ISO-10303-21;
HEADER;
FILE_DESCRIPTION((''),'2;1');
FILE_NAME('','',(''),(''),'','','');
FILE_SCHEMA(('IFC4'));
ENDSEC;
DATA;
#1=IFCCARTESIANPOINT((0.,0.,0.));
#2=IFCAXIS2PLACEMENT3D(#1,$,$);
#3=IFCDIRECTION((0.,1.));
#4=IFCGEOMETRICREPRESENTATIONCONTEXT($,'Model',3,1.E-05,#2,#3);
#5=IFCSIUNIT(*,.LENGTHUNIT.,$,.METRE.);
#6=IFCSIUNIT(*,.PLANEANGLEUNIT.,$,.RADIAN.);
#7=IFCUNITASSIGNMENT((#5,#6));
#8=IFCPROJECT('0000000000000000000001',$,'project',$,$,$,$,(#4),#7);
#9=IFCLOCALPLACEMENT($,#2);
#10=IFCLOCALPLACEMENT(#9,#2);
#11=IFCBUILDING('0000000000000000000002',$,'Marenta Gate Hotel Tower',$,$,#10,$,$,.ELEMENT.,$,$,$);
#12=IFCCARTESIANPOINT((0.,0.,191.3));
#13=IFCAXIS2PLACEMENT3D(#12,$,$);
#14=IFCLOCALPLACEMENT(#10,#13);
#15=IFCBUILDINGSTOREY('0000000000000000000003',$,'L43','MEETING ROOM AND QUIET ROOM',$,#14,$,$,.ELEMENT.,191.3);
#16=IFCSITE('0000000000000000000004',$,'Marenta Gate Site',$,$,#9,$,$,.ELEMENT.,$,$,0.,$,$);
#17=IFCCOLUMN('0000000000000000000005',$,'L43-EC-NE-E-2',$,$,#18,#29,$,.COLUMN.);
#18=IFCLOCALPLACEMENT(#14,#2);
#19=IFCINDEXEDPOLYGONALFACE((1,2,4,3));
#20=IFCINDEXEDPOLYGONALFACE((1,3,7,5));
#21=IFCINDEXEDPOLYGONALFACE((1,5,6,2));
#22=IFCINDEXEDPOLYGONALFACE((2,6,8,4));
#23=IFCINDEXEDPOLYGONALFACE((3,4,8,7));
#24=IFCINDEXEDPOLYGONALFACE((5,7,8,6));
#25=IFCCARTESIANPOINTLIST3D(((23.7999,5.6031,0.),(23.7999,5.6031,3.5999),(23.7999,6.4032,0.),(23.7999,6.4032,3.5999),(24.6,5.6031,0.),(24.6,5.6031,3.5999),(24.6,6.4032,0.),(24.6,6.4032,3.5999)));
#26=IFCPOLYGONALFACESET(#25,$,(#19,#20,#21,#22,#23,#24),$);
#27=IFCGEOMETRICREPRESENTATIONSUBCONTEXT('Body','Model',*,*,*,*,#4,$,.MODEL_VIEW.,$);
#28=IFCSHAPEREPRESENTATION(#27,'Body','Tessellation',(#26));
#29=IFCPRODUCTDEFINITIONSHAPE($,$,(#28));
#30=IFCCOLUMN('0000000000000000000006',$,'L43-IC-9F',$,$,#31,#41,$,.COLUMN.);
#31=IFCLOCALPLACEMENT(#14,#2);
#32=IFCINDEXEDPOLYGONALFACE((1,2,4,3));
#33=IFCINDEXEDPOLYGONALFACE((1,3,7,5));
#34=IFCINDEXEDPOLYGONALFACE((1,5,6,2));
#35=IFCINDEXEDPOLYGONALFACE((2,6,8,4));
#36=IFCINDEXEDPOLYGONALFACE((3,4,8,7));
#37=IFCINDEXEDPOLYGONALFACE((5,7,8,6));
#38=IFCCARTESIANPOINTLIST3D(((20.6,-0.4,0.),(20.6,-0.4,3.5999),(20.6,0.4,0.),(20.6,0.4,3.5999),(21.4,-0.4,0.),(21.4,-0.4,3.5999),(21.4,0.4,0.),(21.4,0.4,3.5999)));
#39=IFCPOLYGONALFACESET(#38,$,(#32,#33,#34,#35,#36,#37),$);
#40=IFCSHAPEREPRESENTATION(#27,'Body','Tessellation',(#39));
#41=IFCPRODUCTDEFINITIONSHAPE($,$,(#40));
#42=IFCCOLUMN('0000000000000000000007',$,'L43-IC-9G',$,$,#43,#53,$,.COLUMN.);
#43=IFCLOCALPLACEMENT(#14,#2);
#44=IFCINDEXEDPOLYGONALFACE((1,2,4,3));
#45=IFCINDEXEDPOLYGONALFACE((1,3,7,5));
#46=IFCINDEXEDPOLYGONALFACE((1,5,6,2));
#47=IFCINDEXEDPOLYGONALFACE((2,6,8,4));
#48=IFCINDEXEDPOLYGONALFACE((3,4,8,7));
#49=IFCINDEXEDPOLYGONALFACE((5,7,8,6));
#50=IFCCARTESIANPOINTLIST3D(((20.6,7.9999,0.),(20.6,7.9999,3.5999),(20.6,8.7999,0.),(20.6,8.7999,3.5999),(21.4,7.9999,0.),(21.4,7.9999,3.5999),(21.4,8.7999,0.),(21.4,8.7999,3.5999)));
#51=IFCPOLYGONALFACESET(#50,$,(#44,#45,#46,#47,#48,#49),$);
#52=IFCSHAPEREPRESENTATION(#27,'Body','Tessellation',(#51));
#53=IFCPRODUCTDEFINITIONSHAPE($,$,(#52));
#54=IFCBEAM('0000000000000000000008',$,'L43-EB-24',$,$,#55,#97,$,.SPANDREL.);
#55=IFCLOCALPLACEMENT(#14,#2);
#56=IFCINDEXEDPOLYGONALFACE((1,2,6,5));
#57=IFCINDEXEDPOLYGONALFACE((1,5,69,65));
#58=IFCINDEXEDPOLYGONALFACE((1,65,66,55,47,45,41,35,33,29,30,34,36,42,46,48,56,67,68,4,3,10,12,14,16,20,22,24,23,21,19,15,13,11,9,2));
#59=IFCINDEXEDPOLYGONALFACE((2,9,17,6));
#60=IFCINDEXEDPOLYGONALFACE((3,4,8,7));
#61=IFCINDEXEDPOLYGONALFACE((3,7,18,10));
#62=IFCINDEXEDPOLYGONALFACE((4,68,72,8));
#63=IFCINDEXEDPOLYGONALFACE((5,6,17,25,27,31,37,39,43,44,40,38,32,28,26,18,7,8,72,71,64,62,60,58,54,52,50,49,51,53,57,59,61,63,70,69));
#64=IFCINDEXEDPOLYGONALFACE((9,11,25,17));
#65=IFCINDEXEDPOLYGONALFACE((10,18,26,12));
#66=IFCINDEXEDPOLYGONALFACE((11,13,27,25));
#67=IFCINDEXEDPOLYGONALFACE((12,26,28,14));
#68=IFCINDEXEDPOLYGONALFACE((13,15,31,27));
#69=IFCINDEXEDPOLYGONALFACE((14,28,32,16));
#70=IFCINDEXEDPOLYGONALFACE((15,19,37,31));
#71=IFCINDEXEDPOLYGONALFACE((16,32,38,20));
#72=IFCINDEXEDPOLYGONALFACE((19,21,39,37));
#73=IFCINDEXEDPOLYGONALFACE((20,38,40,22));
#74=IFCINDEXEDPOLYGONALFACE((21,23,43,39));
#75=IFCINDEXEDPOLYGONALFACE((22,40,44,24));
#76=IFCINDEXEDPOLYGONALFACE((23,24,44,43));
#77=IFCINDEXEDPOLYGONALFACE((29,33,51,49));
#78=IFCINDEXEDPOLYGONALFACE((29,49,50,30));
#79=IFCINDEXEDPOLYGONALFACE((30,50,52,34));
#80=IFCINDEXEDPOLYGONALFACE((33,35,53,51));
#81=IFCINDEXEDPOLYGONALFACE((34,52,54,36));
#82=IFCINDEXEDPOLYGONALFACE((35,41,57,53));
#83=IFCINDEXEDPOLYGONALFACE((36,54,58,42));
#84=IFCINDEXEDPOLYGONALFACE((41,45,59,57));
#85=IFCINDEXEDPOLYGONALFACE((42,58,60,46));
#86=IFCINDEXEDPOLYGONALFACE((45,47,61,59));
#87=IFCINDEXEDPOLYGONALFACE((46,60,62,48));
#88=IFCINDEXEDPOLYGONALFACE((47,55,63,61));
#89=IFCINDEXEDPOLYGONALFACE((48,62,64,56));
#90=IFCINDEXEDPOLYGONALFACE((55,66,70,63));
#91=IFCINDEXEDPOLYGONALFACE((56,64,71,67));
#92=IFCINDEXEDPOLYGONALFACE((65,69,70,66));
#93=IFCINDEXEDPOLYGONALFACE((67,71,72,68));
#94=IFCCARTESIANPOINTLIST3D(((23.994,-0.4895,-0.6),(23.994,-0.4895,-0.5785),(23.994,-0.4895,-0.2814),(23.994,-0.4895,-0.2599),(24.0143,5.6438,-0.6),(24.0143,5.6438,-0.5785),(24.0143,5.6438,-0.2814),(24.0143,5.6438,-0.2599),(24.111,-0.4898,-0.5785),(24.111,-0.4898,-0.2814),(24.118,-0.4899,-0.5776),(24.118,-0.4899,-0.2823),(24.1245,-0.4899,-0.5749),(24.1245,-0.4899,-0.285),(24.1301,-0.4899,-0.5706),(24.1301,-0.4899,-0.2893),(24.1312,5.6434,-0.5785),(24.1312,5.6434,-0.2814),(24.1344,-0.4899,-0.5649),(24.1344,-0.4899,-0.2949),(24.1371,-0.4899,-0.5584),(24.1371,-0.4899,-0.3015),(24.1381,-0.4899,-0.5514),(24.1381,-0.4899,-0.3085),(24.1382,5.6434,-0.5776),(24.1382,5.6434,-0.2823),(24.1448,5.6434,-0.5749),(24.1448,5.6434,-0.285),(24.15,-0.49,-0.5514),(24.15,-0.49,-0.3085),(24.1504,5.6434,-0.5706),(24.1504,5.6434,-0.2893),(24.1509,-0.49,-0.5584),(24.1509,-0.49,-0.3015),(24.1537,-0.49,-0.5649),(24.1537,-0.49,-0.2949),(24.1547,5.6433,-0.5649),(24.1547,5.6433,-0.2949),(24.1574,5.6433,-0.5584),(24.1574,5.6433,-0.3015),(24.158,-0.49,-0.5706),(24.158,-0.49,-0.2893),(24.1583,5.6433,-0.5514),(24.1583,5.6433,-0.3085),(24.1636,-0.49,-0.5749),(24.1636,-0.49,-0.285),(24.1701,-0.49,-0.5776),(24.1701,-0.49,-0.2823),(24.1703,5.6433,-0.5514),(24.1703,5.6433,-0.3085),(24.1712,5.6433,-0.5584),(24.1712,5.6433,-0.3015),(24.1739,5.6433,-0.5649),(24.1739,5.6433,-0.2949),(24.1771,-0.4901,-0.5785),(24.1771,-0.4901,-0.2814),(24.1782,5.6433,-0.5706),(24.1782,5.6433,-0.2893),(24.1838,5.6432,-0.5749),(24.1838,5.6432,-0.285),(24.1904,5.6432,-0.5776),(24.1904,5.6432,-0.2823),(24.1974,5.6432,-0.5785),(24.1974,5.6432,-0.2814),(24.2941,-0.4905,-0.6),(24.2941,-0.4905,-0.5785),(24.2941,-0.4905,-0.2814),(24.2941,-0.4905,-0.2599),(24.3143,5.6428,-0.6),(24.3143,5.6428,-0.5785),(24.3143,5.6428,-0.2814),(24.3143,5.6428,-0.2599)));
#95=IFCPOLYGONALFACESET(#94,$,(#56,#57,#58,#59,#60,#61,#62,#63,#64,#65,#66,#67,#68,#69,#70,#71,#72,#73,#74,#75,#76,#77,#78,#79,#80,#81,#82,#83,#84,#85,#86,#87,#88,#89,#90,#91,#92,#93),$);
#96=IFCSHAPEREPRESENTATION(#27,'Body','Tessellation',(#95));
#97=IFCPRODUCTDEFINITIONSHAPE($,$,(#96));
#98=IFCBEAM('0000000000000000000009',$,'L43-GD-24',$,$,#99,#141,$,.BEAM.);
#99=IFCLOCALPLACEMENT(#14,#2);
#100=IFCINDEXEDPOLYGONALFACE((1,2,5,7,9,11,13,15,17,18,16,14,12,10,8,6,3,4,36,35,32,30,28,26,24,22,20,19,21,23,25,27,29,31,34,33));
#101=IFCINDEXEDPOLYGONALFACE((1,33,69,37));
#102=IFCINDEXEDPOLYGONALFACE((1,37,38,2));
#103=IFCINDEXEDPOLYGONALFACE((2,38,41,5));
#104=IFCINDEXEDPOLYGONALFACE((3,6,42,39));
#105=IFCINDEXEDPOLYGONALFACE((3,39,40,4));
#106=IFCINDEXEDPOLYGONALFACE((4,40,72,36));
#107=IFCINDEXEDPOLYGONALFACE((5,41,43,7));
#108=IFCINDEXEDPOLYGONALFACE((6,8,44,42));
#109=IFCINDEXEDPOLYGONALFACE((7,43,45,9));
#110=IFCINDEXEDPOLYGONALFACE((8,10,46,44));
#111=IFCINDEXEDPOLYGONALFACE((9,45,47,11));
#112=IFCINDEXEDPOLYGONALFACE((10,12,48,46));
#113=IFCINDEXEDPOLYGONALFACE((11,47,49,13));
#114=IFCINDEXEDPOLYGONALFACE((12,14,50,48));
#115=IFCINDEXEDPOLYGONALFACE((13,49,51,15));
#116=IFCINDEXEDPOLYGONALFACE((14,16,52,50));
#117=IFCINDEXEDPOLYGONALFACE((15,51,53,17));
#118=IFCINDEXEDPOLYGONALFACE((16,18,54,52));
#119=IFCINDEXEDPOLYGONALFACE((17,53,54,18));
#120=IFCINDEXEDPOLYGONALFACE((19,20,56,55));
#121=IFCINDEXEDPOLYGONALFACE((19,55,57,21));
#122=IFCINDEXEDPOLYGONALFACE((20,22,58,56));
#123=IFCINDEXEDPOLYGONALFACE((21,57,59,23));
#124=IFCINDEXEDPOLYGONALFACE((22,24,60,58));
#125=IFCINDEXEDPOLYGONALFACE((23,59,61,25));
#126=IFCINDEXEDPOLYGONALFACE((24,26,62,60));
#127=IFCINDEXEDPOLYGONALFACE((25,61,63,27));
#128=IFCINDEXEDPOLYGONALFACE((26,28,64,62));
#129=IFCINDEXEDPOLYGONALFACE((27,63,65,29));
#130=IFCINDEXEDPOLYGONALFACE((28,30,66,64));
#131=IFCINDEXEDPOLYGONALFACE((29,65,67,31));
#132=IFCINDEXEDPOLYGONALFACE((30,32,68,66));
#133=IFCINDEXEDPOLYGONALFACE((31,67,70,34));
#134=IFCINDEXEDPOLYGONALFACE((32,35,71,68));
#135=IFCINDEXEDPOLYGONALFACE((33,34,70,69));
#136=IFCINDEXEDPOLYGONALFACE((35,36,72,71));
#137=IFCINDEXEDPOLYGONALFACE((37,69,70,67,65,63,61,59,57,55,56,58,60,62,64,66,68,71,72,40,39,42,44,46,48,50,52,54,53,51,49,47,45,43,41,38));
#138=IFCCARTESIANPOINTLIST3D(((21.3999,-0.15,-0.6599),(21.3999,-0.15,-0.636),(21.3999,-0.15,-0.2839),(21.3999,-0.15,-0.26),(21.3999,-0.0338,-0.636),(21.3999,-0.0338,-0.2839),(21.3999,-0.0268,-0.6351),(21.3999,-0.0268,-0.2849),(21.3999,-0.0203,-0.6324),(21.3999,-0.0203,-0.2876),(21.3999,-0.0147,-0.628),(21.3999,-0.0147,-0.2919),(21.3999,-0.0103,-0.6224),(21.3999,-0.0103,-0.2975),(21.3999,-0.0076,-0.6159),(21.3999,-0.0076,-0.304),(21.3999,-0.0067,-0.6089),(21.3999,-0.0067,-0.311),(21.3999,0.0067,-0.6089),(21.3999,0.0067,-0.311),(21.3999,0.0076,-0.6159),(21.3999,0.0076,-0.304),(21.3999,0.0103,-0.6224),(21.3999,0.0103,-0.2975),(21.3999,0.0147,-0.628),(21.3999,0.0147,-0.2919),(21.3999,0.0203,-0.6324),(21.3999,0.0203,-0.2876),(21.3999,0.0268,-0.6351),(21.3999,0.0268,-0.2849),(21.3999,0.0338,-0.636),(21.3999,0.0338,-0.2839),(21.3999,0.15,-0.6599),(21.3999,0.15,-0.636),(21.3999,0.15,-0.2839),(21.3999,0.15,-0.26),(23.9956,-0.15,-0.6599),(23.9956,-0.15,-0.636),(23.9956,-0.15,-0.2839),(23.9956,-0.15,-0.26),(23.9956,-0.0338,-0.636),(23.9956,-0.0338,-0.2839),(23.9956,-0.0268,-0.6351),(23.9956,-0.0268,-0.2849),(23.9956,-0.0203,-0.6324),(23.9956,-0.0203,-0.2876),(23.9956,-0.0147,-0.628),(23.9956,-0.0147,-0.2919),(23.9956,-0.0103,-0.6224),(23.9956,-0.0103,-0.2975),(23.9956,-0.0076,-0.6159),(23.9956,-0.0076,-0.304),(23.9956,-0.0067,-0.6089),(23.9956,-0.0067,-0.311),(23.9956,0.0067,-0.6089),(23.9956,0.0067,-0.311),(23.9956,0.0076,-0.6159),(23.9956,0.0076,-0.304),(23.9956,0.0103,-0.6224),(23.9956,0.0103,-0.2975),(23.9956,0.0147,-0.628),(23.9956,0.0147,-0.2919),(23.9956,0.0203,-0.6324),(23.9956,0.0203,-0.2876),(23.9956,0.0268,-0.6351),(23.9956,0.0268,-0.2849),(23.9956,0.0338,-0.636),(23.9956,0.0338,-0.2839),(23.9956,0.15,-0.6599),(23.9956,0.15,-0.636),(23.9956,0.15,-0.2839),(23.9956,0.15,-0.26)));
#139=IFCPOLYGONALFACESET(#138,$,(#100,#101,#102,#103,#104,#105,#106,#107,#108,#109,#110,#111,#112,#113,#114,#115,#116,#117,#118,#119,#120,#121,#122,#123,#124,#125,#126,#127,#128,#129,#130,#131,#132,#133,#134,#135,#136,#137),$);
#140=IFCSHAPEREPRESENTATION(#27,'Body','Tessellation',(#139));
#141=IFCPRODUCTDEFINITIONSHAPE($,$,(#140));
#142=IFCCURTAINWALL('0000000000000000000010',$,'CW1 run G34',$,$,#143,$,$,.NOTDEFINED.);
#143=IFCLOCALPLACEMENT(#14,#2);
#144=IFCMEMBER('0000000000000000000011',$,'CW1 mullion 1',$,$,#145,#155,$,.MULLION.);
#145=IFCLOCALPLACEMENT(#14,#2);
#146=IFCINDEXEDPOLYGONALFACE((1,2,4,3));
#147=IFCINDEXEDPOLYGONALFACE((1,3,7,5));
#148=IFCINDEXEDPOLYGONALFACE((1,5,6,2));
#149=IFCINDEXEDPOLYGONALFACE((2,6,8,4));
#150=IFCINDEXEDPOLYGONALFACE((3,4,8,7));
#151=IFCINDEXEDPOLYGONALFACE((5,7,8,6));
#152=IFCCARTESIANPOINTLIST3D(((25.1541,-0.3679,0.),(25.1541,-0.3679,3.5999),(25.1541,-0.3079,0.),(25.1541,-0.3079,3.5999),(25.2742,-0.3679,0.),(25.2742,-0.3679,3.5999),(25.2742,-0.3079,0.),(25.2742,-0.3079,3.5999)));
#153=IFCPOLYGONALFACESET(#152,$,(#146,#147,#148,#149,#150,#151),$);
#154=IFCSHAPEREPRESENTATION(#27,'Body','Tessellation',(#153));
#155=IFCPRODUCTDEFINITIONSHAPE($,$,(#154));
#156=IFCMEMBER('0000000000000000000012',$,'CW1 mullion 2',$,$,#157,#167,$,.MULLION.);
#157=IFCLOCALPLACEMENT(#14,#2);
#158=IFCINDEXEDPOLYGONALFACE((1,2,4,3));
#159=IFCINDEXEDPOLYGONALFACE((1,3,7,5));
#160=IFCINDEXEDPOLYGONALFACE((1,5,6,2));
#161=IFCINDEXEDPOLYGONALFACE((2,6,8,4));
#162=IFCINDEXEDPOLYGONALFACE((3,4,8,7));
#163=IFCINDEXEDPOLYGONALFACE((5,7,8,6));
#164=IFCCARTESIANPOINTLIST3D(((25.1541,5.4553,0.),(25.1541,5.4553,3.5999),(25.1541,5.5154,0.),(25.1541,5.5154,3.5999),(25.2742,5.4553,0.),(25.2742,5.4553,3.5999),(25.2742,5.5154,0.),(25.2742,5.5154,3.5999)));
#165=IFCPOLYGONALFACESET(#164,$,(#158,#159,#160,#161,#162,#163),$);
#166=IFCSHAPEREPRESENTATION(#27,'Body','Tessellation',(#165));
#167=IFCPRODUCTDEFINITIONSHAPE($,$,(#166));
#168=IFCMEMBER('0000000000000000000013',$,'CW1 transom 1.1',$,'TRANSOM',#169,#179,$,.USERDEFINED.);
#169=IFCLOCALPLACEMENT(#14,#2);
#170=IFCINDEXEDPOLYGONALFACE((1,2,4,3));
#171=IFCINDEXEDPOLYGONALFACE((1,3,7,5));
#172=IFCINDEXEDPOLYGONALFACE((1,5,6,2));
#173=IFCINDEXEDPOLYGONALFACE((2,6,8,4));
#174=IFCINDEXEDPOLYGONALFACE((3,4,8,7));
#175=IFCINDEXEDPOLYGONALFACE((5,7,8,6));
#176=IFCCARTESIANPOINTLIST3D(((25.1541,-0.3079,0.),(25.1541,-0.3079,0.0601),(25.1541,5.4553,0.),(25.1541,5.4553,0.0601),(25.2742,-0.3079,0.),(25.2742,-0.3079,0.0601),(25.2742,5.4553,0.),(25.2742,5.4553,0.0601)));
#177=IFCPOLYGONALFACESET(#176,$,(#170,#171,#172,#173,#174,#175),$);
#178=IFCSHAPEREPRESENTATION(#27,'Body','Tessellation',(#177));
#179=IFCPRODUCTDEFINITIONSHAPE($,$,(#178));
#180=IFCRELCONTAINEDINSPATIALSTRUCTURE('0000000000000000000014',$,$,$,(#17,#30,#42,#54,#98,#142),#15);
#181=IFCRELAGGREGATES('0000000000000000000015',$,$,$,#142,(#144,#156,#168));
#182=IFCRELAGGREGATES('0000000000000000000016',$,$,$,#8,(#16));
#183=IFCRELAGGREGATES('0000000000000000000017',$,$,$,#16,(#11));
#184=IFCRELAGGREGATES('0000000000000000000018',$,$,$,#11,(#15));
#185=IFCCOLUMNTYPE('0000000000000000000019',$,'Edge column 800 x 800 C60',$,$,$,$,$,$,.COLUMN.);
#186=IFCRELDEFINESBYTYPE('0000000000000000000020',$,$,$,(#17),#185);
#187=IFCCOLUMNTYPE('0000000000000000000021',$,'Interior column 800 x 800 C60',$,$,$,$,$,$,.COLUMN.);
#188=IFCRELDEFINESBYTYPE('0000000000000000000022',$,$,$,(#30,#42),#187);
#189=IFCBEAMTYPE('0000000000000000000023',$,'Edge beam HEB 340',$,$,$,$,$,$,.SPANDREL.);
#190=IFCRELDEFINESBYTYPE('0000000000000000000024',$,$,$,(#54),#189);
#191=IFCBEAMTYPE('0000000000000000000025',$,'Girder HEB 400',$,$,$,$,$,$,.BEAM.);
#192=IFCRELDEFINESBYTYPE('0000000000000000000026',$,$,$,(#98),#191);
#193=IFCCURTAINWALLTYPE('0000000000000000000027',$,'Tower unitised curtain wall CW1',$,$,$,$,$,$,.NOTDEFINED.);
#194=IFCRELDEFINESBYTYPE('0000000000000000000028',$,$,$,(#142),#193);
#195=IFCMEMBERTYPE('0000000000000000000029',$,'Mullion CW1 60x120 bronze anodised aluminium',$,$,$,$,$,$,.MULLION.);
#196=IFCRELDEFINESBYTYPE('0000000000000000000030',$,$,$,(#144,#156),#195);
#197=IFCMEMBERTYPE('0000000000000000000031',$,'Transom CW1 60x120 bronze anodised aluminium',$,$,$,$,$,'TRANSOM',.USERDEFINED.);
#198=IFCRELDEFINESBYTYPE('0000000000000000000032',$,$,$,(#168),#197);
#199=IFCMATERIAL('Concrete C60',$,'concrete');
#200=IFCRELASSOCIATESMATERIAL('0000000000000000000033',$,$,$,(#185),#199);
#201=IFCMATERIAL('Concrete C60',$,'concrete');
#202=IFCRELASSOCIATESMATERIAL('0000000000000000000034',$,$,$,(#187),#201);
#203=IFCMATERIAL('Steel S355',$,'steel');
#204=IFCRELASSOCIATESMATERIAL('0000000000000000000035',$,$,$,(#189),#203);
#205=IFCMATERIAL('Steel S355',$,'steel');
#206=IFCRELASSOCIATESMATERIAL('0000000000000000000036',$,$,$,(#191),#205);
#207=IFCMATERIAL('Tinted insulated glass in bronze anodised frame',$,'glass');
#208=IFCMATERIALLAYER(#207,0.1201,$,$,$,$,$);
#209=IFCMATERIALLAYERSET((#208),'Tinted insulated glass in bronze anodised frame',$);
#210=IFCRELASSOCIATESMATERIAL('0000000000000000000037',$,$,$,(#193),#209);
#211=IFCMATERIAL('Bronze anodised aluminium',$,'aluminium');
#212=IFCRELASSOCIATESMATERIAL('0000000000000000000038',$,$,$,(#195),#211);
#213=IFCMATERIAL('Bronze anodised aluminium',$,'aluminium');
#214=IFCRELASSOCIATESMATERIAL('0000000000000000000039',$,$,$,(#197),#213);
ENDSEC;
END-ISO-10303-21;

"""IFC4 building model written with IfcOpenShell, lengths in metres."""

from ifc_helpers import new_model, si_unit, direction, frame, origin, origin_2d, place, context, subcontext, project, spatial, rectangle, i_section, extrude, material, layer, layer_set, material_profile, profile_set, type_object, element, aggregate, save


model = new_model("IFC4")

# Units and contexts
model_context = context("Model", 3, precision=1e-05, world=origin(), true_north=direction((0.0, 1.0)))
body_context = subcontext(model_context, "Body", "Model", "MODEL_VIEW")
ifc_project = project(units=[si_unit("LENGTHUNIT", "METRE"), si_unit("PLANEANGLEUNIT", "RADIAN")], contexts=[model_context])

# Site, building, storey
site_placement = place(None, origin())
site = spatial("IfcSite", under=ifc_project, at=site_placement, Name="Marenta Gate Site", CompositionType="ELEMENT", RefElevation=0.0)
building_placement = place(site_placement, origin())
building = spatial("IfcBuilding", under=site, at=building_placement, Name="Marenta Gate Hotel Tower", CompositionType="ELEMENT")
storey_placement = place(building_placement, frame((0.0, 0.0, 191.3)))
storey = spatial("IfcBuildingStorey", under=building, at=storey_placement, Name="L43", Description="MEETING ROOM AND QUIET ROOM", CompositionType="ELEMENT", Elevation=191.3)

# Columns
ifc_material_1 = material(Name="Concrete C60", Category="concrete")
ifc_material_profile_1 = material_profile(ifc_material_1, rectangle(XDim=0.8, YDim=0.8, at=origin_2d()), Name="800 x 800")
ifc_profile_set_1 = profile_set([ifc_material_profile_1], Name="Concrete C60")
column_type_1 = type_object("IfcColumnType", Name="Edge column 800 x 800 C60", PredefinedType="COLUMN", material=ifc_profile_set_1)
column_placement = place(storey_placement, frame((24.2, 6.0032, 0.0), z_axis=(0.0, 0.0, 1.0), x_axis=(1.0, 0.0, 0.0)))
element("IfcColumn", 1, at=column_placement, inside=storey, type_object=column_type_1, Name="L43-EC-NE-E-2", PredefinedType="COLUMN", context=body_context, shape_type="SweptSolid", body=[
    extrude(rectangle(XDim=0.8, YDim=0.8, at=origin_2d()), origin(), (0.0, 0.0, 1.0), 3.5999),
])
ifc_material_2 = material(Name="Concrete C60", Category="concrete")
ifc_material_profile_2 = material_profile(ifc_material_2, rectangle(XDim=0.8, YDim=0.8, at=origin_2d()), Name="800 x 800")
ifc_profile_set_2 = profile_set([ifc_material_profile_2], Name="Concrete C60")
column_type_2 = type_object("IfcColumnType", Name="Interior column 800 x 800 C60", PredefinedType="COLUMN", material=ifc_profile_set_2)
for number, where, z_axis, x_axis, name in (
    (2, (21.0, 0.0, 0.0), (0.0, 0.0, 1.0), (1.0, 0.0, 0.0), "L43-IC-9F"),
    (3, (21.0, 8.3999, 0.0), (0.0, 0.0, 1.0), (1.0, 0.0, 0.0), "L43-IC-9G"),
):
    element("IfcColumn", number, at=place(storey_placement, frame(where, z_axis=z_axis, x_axis=x_axis)), inside=storey, type_object=column_type_2, Name=name, PredefinedType="COLUMN", context=body_context, shape_type="SweptSolid", body=[
        extrude(rectangle(XDim=0.8, YDim=0.8, at=origin_2d()), origin(), (0.0, 0.0, 1.0), 3.5999),
    ])

# Beams
ifc_material_3 = material(Name="Steel S355", Category="steel")
ifc_material_profile_3 = material_profile(ifc_material_3, i_section(OverallWidth=0.3, OverallDepth=0.3401, WebThickness=0.012, FlangeThickness=0.0215, FilletRadius=0.0271, at=origin_2d()), Name="HEB 340")
ifc_profile_set_3 = profile_set([ifc_material_profile_3], Name="Steel S355")
beam_type_1 = type_object("IfcBeamType", Name="Edge beam HEB 340", PredefinedType="SPANDREL", material=ifc_profile_set_3)
beam_1_placement = place(storey_placement, frame((24.1643, 5.6433, -0.4299), z_axis=(-0.003304, -0.999995, 0.0), x_axis=(0.999995, -0.003304, 0.0)))
element("IfcBeam", 4, at=beam_1_placement, inside=storey, type_object=beam_type_1, Name="L43-EB-24", PredefinedType="SPANDREL", context=body_context, shape_type="SweptSolid", body=[
    extrude(i_section(OverallWidth=0.3, OverallDepth=0.3401, WebThickness=0.012, FlangeThickness=0.0215, FilletRadius=0.0271, at=origin_2d()), origin(), (0.0, 0.0, 1.0), 6.1333),
])
ifc_material_4 = material(Name="Steel S355", Category="steel")
ifc_material_profile_4 = material_profile(ifc_material_4, i_section(OverallWidth=0.3, OverallDepth=0.3999, WebThickness=0.0134, FlangeThickness=0.0239, FilletRadius=0.0271, at=origin_2d()), Name="HEB 400")
ifc_profile_set_4 = profile_set([ifc_material_profile_4], Name="Steel S355")
beam_type_2 = type_object("IfcBeamType", Name="Girder HEB 400", PredefinedType="BEAM", material=ifc_profile_set_4)
beam_2_placement = place(storey_placement, frame((21.3999, 0.0, -0.46), z_axis=(1.0, 0.0, 0.0), x_axis=(0.0, 1.0, 0.0)))
element("IfcBeam", 5, at=beam_2_placement, inside=storey, type_object=beam_type_2, Name="L43-GD-24", PredefinedType="BEAM", context=body_context, shape_type="SweptSolid", body=[
    extrude(i_section(OverallWidth=0.3, OverallDepth=0.3999, WebThickness=0.0134, FlangeThickness=0.0239, FilletRadius=0.0271, at=origin_2d()), origin(), (0.0, 0.0, 1.0), 2.5957),
])

# Curtain wall, members
ifc_material_5 = material(Name="Tinted insulated glass in bronze anodised frame", Category="glass")
ifc_layer_1 = layer(ifc_material_5, 0.1201)
ifc_layer_set_1 = layer_set([ifc_layer_1], Name="Tinted insulated glass in bronze anodised frame")
curtain_wall_type = type_object("IfcCurtainWallType", Name="Tower unitised curtain wall CW1", PredefinedType="NOTDEFINED", material=ifc_layer_set_1)
curtain_wall_placement = place(storey_placement, origin())
curtain_wall = element("IfcCurtainWall", 6, at=curtain_wall_placement, inside=storey, type_object=curtain_wall_type, Name="CW1 run G34", PredefinedType="NOTDEFINED")
ifc_material_6 = material(Name="Bronze anodised aluminium", Category="aluminium")
ifc_material_profile_5 = material_profile(ifc_material_6, rectangle(XDim=0.1201, YDim=0.0601, at=origin_2d()), Name="Mullion CW1 60x120 bronze anodised aluminium")
ifc_profile_set_5 = profile_set([ifc_material_profile_5], Name="Bronze anodised aluminium")
member_type_1 = type_object("IfcMemberType", Name="Mullion CW1 60x120 bronze anodised aluminium", PredefinedType="MULLION", material=ifc_profile_set_5)
member_1_placement = place(storey_placement, frame((25.2141, -0.3379, 0.0), z_axis=(0.0, 0.0, 1.0), x_axis=(-1.0, 0.0, 0.0)))
member_1 = element("IfcMember", 7, at=member_1_placement, type_object=member_type_1, Name="CW1 mullion 1", PredefinedType="MULLION", context=body_context, shape_type="SweptSolid", body=[
    extrude(rectangle(XDim=0.1201, YDim=0.0601, at=origin_2d()), origin(), (0.0, 0.0, 1.0), 3.5999),
])
member_2_placement = place(storey_placement, frame((25.2141, 5.4854, 0.0), z_axis=(0.0, 0.0, 1.0), x_axis=(-1.0, 0.0, 0.0)))
member_2 = element("IfcMember", 8, at=member_2_placement, type_object=member_type_1, Name="CW1 mullion 2", PredefinedType="MULLION", context=body_context, shape_type="SweptSolid", body=[
    extrude(rectangle(XDim=0.1201, YDim=0.0601, at=origin_2d()), origin(), (0.0, 0.0, 1.0), 3.5999),
])
ifc_material_7 = material(Name="Bronze anodised aluminium", Category="aluminium")
ifc_material_profile_6 = material_profile(ifc_material_7, rectangle(XDim=0.1201, YDim=0.0601, at=origin_2d()), Name="Transom CW1 60x120 bronze anodised aluminium")
ifc_profile_set_6 = profile_set([ifc_material_profile_6], Name="Bronze anodised aluminium")
member_type_2 = type_object("IfcMemberType", Name="Transom CW1 60x120 bronze anodised aluminium", ElementType="TRANSOM", PredefinedType="USERDEFINED", material=ifc_profile_set_6)
member_3_placement = place(storey_placement, frame((25.2141, -0.3079, 0.03), z_axis=(0.0, 1.0, 0.0), x_axis=(-1.0, 0.0, 0.0)))
member_3 = element("IfcMember", 9, at=member_3_placement, type_object=member_type_2, Name="CW1 transom 1.1", ObjectType="TRANSOM", PredefinedType="USERDEFINED", context=body_context, shape_type="SweptSolid", body=[
    extrude(rectangle(XDim=0.1201, YDim=0.0601, at=origin_2d()), origin(), (0.0, 0.0, 1.0), 5.7632),
])
aggregate(curtain_wall, [member_1, member_2, member_3])

save(model, "model.ifc")
